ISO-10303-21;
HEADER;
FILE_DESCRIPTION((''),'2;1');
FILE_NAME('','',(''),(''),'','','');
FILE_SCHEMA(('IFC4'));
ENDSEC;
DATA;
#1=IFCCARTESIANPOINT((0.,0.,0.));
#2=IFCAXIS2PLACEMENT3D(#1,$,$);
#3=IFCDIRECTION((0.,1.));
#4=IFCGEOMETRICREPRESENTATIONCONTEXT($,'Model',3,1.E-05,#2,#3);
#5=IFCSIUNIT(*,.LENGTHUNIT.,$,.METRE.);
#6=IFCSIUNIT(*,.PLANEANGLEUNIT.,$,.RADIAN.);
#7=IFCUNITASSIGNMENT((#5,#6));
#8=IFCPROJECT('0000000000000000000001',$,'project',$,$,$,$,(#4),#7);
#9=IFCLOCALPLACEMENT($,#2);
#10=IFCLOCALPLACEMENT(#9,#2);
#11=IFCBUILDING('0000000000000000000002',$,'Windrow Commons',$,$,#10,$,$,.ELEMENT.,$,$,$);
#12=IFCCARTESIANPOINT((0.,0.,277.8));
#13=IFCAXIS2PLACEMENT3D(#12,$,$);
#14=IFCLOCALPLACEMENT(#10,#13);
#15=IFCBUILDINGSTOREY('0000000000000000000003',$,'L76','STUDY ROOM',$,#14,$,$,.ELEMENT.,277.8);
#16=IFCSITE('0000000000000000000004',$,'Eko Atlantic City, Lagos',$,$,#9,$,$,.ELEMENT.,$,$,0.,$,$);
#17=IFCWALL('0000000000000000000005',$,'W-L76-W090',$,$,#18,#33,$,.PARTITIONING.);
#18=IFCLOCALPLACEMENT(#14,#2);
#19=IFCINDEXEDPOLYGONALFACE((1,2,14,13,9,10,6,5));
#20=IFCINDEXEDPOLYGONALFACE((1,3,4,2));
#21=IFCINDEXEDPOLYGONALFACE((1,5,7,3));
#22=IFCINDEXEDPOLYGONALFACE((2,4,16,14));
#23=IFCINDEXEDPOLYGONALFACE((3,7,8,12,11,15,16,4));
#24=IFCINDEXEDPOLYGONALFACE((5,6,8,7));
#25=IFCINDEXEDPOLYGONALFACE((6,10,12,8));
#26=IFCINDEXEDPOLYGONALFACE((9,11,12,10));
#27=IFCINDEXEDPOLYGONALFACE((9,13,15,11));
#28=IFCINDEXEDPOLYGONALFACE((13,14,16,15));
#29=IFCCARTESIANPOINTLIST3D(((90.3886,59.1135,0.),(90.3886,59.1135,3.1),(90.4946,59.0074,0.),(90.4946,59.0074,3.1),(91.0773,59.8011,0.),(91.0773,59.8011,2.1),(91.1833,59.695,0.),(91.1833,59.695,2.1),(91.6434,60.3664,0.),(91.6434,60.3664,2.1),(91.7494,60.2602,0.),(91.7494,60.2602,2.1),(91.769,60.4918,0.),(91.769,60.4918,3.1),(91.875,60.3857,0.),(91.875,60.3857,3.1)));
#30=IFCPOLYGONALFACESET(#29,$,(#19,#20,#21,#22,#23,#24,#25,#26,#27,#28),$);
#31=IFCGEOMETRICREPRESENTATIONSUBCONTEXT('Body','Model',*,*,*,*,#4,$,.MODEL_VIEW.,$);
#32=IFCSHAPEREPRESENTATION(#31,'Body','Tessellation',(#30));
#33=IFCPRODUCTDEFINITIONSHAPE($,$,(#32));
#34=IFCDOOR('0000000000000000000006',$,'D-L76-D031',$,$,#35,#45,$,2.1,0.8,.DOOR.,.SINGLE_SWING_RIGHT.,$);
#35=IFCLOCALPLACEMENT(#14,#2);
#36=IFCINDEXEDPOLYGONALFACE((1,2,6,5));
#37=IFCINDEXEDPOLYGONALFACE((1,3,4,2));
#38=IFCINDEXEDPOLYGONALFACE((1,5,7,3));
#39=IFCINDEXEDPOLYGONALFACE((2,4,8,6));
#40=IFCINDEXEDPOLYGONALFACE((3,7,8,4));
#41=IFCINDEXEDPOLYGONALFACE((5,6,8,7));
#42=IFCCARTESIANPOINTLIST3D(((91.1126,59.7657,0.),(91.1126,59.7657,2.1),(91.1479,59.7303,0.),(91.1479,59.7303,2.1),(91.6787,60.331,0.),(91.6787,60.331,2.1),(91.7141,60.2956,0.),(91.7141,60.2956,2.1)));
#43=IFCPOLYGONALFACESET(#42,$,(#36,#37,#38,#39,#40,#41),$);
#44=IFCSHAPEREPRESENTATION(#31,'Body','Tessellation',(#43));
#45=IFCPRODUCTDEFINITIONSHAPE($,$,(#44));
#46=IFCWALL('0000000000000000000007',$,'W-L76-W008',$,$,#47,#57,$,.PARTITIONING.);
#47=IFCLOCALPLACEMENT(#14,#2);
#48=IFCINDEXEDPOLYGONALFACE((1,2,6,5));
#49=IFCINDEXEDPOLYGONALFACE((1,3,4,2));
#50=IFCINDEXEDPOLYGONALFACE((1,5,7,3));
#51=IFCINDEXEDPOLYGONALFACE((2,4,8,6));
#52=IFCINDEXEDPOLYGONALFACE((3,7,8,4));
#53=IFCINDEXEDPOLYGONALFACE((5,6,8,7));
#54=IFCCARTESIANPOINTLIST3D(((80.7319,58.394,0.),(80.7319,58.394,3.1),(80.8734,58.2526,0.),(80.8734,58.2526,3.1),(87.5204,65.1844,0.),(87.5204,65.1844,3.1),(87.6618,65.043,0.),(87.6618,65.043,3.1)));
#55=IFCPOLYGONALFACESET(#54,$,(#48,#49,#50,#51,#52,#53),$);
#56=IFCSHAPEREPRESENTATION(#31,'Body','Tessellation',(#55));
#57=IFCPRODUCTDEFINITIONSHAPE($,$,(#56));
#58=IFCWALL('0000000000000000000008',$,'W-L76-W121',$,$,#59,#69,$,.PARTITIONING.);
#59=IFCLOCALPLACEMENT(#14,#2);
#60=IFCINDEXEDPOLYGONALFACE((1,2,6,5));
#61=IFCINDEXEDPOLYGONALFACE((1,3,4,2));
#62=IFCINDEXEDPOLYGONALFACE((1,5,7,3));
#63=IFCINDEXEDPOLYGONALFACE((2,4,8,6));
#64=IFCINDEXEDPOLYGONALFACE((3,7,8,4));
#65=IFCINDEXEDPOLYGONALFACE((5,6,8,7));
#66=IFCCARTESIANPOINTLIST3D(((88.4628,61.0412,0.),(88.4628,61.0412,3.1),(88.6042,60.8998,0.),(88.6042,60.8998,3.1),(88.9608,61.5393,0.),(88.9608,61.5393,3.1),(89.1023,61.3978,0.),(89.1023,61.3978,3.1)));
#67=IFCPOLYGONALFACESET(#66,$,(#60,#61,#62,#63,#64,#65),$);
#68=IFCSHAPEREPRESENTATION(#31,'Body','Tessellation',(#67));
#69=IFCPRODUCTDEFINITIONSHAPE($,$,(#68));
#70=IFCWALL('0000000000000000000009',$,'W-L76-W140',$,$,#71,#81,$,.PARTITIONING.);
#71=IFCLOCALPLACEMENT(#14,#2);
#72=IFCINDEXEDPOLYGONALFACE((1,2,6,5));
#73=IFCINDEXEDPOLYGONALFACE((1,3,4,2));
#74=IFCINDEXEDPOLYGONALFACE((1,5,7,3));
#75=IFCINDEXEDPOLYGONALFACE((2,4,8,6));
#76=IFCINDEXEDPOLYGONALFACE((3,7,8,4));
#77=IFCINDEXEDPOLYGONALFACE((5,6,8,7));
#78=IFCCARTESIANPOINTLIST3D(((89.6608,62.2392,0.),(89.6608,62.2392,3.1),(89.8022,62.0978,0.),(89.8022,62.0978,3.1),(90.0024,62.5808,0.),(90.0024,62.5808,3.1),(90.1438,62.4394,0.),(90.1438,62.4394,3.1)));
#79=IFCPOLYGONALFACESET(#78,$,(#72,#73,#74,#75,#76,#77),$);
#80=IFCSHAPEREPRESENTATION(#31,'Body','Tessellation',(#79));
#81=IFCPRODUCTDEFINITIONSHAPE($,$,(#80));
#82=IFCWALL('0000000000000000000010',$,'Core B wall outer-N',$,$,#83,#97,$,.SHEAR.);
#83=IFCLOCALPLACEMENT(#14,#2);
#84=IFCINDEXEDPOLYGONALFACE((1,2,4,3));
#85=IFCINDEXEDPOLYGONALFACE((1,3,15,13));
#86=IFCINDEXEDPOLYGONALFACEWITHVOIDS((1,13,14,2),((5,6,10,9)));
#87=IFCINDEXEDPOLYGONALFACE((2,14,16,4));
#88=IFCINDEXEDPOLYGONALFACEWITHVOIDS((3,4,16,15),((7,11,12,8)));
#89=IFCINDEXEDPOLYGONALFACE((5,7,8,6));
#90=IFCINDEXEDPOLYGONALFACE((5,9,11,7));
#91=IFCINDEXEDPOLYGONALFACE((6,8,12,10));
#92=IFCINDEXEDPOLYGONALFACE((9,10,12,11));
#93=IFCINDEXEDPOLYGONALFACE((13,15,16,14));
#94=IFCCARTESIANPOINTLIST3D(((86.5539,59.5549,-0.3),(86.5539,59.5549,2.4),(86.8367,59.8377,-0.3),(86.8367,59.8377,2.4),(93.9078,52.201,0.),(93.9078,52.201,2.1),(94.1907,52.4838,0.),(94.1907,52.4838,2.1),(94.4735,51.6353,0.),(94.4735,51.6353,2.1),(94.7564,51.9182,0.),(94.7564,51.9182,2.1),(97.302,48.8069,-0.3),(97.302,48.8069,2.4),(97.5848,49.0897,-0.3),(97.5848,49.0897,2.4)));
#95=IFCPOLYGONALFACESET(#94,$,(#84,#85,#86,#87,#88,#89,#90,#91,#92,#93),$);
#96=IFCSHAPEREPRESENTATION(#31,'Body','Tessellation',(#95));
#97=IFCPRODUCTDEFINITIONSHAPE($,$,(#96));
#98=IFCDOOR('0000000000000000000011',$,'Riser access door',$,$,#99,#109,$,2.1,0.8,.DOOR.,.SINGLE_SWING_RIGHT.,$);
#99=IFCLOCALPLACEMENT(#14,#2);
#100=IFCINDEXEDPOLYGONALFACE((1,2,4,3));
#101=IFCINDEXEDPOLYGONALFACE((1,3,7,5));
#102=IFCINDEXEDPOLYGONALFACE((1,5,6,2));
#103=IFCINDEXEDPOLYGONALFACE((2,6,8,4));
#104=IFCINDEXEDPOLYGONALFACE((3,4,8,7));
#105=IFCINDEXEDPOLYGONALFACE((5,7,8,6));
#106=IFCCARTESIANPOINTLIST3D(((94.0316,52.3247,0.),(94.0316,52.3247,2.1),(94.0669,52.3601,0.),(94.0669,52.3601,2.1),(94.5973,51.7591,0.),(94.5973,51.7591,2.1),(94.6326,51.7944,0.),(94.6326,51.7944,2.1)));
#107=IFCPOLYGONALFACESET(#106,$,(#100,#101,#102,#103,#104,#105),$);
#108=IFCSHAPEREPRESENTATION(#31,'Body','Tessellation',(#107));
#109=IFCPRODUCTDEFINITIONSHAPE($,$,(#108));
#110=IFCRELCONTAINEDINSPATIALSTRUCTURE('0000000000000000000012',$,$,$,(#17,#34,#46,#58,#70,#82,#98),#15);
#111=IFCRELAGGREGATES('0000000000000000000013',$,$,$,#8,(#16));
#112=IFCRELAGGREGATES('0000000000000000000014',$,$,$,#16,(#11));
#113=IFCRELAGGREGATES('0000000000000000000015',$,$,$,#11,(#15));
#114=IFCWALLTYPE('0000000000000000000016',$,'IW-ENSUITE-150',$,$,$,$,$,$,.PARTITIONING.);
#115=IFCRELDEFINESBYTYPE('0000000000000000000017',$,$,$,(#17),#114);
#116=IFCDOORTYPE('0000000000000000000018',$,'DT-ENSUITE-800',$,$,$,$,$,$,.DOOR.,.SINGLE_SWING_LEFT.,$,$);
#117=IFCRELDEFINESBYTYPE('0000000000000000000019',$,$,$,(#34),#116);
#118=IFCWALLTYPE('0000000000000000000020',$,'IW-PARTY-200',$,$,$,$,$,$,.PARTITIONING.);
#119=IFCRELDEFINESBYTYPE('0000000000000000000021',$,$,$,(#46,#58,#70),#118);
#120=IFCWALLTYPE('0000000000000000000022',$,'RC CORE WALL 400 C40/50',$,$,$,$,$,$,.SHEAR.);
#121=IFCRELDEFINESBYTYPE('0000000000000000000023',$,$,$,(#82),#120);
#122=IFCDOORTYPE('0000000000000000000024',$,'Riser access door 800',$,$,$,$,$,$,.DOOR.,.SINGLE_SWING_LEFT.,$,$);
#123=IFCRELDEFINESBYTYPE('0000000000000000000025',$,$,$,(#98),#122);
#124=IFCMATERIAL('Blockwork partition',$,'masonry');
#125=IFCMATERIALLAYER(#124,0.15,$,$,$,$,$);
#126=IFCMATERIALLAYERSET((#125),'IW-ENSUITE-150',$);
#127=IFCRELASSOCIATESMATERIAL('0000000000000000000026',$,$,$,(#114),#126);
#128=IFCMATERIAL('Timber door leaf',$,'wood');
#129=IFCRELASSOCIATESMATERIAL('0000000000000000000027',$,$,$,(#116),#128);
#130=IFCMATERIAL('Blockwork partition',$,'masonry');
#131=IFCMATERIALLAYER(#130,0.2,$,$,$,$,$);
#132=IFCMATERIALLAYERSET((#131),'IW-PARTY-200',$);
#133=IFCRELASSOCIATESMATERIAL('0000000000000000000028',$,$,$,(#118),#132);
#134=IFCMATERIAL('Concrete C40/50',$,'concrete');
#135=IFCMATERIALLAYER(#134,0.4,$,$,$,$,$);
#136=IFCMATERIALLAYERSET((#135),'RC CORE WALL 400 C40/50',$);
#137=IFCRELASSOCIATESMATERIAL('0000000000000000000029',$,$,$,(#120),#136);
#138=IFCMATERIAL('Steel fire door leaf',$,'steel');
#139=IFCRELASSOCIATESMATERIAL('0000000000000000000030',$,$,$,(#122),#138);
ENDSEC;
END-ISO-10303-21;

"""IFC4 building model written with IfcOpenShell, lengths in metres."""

from ifc_helpers import new_model, si_unit, direction, frame, frame_2d, origin, place, context, subcontext, project, spatial, rectangle, extrude, material, layer, layer_set, type_object, element, fill, save


model = new_model("IFC4")

# Units and contexts
model_context = context("Model", 3, precision=1e-05, world=origin(), true_north=direction((0.0, 1.0)))
body_context = subcontext(model_context, "Body", "Model", "MODEL_VIEW")
ifc_project = project(units=[si_unit("LENGTHUNIT", "METRE"), si_unit("PLANEANGLEUNIT", "RADIAN")], contexts=[model_context])

# Site, building, storey
site_placement = place(None, origin())
site = spatial("IfcSite", under=ifc_project, at=site_placement, Name="Eko Atlantic City, Lagos", CompositionType="ELEMENT", RefElevation=0.0)
building_placement = place(site_placement, origin())
building = spatial("IfcBuilding", under=site, at=building_placement, Name="Windrow Commons", CompositionType="ELEMENT")
storey_placement = place(building_placement, frame((0.0, 0.0, 277.8)))
storey = spatial("IfcBuildingStorey", under=building, at=storey_placement, Name="L76", Description="STUDY ROOM", CompositionType="ELEMENT", Elevation=277.8)

# Shared definitions
ifc_material_1 = material(Name="Blockwork partition", Category="masonry")
ifc_layer_1 = layer(ifc_material_1, 0.15)
ifc_layer_set_1 = layer_set([ifc_layer_1], Name="IW-ENSUITE-150")
wall_type_1 = type_object("IfcWallType", Name="IW-ENSUITE-150", PredefinedType="PARTITIONING", material=ifc_layer_set_1)

# Wall, opening, door
wall_1_placement = place(storey_placement, frame((90.4416, 59.0604, 0.0), z_axis=(0.0, 0.0, 1.0), x_axis=(0.707645, 0.706568, 0.0)))
wall_1 = element("IfcWall", 1, at=wall_1_placement, inside=storey, type_object=wall_type_1, Name="W-L76-W090", PredefinedType="PARTITIONING", context=body_context, shape_type="SweptSolid", body=[
    extrude(rectangle(XDim=1.9507, YDim=0.15, at=frame_2d((0.9754, 0.0))), origin(), (0.0, 0.0, 1.0), 3.1),
])
opening_1_placement = place(wall_1_placement, frame((0.9732, 0.0, 0.0)))
opening_1 = element("IfcOpeningElement", 2, at=opening_1_placement, cuts=wall_1, PredefinedType="OPENING", context=body_context, shape_type="SweptSolid", body=[
    extrude(rectangle(XDim=0.8, YDim=2.1, at=frame_2d((0.4, 1.05))), frame((0.0, 0.085, 0.0), z_axis=(0.0, -1.0, 0.0), x_axis=(1.0, 0.0, 0.0)), (0.0, 0.0, 1.0), 0.17),
])
ifc_material_2 = material(Name="Timber door leaf", Category="wood")
door_type_1 = type_object("IfcDoorType", Name="DT-ENSUITE-800", OperationType="SINGLE_SWING_LEFT", PredefinedType="DOOR", material=ifc_material_2)
door_1_placement = place(opening_1_placement, origin())
door_1 = element("IfcDoor", 3, at=door_1_placement, inside=storey, type_object=door_type_1, Name="D-L76-D031", OperationType="SINGLE_SWING_RIGHT", OverallHeight=2.1, OverallWidth=0.8, PredefinedType="DOOR", context=body_context, shape_type="SweptSolid", body=[
    extrude(rectangle(XDim=0.8, YDim=2.1, at=frame_2d((0.4, 1.05))), frame((0.0, 0.025, 0.0), z_axis=(0.0, -1.0, 0.0), x_axis=(1.0, 0.0, 0.0)), (0.0, 0.0, 1.0), 0.05),
])
fill(opening_1, door_1)

# Walls
ifc_material_3 = material(Name="Blockwork partition", Category="masonry")
ifc_layer_2 = layer(ifc_material_3, 0.2)
ifc_layer_set_2 = layer_set([ifc_layer_2], Name="IW-PARTY-200")
wall_type_2 = type_object("IfcWallType", Name="IW-PARTY-200", PredefinedType="PARTITIONING", material=ifc_layer_set_2)
wall_2_placement = place(storey_placement, frame((80.8027, 58.3233, 0.0), z_axis=(0.0, 0.0, 1.0), x_axis=(0.707003, 0.707211, 0.0)))
element("IfcWall", 4, at=wall_2_placement, inside=storey, type_object=wall_type_2, Name="W-L76-W008", PredefinedType="PARTITIONING", context=body_context, shape_type="SweptSolid", body=[
    extrude(rectangle(XDim=9.6017, YDim=0.2, at=frame_2d((4.8008, 0.0))), origin(), (0.0, 0.0, 1.0), 3.1),
])
wall_3_placement = place(storey_placement, frame((88.5335, 60.9705, 0.0), z_axis=(0.0, 0.0, 1.0), x_axis=(0.707107, 0.707107, 0.0)))
element("IfcWall", 5, at=wall_3_placement, inside=storey, type_object=wall_type_2, Name="W-L76-W121", PredefinedType="PARTITIONING", context=body_context, shape_type="SweptSolid", body=[
    extrude(rectangle(XDim=0.7043, YDim=0.2, at=frame_2d((0.3522, 0.0))), origin(), (0.0, 0.0, 1.0), 3.1),
])
wall_4_placement = place(storey_placement, frame((89.7315, 62.1685, 0.0), z_axis=(0.0, 0.0, 1.0), x_axis=(0.707107, 0.707107, 0.0)))
element("IfcWall", 6, at=wall_4_placement, inside=storey, type_object=wall_type_2, Name="W-L76-W140", PredefinedType="PARTITIONING", context=body_context, shape_type="SweptSolid", body=[
    extrude(rectangle(XDim=0.4831, YDim=0.2, at=frame_2d((0.2415, 0.0))), origin(), (0.0, 0.0, 1.0), 3.1),
])

# Wall, opening, door
ifc_material_4 = material(Name="Concrete C40/50", Category="concrete")
ifc_layer_3 = layer(ifc_material_4, 0.4)
ifc_layer_set_3 = layer_set([ifc_layer_3], Name="RC CORE WALL 400 C40/50")
wall_type_3 = type_object("IfcWallType", Name="RC CORE WALL 400 C40/50", PredefinedType="SHEAR", material=ifc_layer_set_3)
wall_5_placement = place(storey_placement, frame((86.6953, 59.6963, -0.3), z_axis=(0.0, 0.0, 1.0), x_axis=(0.70711, -0.707103, 0.0)))
wall_5 = element("IfcWall", 7, at=wall_5_placement, inside=storey, type_object=wall_type_3, Name="Core B wall outer-N", PredefinedType="SHEAR", context=body_context, shape_type="SweptSolid", body=[
    extrude(rectangle(XDim=15.2, YDim=0.4, at=frame_2d((7.6, 0.0))), origin(), (0.0, 0.0, 1.0), 2.7),
])
opening_2_placement = place(wall_5_placement, frame((10.4, 0.0, 0.3)))
opening_2 = element("IfcOpeningElement", 8, at=opening_2_placement, cuts=wall_5, PredefinedType="OPENING", context=body_context, shape_type="SweptSolid", body=[
    extrude(rectangle(XDim=0.8, YDim=2.1, at=frame_2d((0.4, 1.05))), frame((0.0, 0.21, 0.0), z_axis=(0.0, -1.0, 0.0), x_axis=(1.0, 0.0, 0.0)), (0.0, 0.0, 1.0), 0.42),
])
ifc_material_5 = material(Name="Steel fire door leaf", Category="steel")
door_type_2 = type_object("IfcDoorType", Name="Riser access door 800", OperationType="SINGLE_SWING_LEFT", PredefinedType="DOOR", material=ifc_material_5)
door_2_placement = place(opening_2_placement, origin())
door_2 = element("IfcDoor", 9, at=door_2_placement, inside=storey, type_object=door_type_2, Name="Riser access door", OperationType="SINGLE_SWING_RIGHT", OverallHeight=2.1, OverallWidth=0.8, PredefinedType="DOOR", context=body_context, shape_type="SweptSolid", body=[
    extrude(rectangle(XDim=0.8, YDim=2.1, at=frame_2d((0.4, 1.05))), frame((0.0, 0.025, 0.0), z_axis=(0.0, -1.0, 0.0), x_axis=(1.0, 0.0, 0.0)), (0.0, 0.0, 1.0), 0.05),
])
fill(opening_2, door_2)

save(model, "model.ifc")
